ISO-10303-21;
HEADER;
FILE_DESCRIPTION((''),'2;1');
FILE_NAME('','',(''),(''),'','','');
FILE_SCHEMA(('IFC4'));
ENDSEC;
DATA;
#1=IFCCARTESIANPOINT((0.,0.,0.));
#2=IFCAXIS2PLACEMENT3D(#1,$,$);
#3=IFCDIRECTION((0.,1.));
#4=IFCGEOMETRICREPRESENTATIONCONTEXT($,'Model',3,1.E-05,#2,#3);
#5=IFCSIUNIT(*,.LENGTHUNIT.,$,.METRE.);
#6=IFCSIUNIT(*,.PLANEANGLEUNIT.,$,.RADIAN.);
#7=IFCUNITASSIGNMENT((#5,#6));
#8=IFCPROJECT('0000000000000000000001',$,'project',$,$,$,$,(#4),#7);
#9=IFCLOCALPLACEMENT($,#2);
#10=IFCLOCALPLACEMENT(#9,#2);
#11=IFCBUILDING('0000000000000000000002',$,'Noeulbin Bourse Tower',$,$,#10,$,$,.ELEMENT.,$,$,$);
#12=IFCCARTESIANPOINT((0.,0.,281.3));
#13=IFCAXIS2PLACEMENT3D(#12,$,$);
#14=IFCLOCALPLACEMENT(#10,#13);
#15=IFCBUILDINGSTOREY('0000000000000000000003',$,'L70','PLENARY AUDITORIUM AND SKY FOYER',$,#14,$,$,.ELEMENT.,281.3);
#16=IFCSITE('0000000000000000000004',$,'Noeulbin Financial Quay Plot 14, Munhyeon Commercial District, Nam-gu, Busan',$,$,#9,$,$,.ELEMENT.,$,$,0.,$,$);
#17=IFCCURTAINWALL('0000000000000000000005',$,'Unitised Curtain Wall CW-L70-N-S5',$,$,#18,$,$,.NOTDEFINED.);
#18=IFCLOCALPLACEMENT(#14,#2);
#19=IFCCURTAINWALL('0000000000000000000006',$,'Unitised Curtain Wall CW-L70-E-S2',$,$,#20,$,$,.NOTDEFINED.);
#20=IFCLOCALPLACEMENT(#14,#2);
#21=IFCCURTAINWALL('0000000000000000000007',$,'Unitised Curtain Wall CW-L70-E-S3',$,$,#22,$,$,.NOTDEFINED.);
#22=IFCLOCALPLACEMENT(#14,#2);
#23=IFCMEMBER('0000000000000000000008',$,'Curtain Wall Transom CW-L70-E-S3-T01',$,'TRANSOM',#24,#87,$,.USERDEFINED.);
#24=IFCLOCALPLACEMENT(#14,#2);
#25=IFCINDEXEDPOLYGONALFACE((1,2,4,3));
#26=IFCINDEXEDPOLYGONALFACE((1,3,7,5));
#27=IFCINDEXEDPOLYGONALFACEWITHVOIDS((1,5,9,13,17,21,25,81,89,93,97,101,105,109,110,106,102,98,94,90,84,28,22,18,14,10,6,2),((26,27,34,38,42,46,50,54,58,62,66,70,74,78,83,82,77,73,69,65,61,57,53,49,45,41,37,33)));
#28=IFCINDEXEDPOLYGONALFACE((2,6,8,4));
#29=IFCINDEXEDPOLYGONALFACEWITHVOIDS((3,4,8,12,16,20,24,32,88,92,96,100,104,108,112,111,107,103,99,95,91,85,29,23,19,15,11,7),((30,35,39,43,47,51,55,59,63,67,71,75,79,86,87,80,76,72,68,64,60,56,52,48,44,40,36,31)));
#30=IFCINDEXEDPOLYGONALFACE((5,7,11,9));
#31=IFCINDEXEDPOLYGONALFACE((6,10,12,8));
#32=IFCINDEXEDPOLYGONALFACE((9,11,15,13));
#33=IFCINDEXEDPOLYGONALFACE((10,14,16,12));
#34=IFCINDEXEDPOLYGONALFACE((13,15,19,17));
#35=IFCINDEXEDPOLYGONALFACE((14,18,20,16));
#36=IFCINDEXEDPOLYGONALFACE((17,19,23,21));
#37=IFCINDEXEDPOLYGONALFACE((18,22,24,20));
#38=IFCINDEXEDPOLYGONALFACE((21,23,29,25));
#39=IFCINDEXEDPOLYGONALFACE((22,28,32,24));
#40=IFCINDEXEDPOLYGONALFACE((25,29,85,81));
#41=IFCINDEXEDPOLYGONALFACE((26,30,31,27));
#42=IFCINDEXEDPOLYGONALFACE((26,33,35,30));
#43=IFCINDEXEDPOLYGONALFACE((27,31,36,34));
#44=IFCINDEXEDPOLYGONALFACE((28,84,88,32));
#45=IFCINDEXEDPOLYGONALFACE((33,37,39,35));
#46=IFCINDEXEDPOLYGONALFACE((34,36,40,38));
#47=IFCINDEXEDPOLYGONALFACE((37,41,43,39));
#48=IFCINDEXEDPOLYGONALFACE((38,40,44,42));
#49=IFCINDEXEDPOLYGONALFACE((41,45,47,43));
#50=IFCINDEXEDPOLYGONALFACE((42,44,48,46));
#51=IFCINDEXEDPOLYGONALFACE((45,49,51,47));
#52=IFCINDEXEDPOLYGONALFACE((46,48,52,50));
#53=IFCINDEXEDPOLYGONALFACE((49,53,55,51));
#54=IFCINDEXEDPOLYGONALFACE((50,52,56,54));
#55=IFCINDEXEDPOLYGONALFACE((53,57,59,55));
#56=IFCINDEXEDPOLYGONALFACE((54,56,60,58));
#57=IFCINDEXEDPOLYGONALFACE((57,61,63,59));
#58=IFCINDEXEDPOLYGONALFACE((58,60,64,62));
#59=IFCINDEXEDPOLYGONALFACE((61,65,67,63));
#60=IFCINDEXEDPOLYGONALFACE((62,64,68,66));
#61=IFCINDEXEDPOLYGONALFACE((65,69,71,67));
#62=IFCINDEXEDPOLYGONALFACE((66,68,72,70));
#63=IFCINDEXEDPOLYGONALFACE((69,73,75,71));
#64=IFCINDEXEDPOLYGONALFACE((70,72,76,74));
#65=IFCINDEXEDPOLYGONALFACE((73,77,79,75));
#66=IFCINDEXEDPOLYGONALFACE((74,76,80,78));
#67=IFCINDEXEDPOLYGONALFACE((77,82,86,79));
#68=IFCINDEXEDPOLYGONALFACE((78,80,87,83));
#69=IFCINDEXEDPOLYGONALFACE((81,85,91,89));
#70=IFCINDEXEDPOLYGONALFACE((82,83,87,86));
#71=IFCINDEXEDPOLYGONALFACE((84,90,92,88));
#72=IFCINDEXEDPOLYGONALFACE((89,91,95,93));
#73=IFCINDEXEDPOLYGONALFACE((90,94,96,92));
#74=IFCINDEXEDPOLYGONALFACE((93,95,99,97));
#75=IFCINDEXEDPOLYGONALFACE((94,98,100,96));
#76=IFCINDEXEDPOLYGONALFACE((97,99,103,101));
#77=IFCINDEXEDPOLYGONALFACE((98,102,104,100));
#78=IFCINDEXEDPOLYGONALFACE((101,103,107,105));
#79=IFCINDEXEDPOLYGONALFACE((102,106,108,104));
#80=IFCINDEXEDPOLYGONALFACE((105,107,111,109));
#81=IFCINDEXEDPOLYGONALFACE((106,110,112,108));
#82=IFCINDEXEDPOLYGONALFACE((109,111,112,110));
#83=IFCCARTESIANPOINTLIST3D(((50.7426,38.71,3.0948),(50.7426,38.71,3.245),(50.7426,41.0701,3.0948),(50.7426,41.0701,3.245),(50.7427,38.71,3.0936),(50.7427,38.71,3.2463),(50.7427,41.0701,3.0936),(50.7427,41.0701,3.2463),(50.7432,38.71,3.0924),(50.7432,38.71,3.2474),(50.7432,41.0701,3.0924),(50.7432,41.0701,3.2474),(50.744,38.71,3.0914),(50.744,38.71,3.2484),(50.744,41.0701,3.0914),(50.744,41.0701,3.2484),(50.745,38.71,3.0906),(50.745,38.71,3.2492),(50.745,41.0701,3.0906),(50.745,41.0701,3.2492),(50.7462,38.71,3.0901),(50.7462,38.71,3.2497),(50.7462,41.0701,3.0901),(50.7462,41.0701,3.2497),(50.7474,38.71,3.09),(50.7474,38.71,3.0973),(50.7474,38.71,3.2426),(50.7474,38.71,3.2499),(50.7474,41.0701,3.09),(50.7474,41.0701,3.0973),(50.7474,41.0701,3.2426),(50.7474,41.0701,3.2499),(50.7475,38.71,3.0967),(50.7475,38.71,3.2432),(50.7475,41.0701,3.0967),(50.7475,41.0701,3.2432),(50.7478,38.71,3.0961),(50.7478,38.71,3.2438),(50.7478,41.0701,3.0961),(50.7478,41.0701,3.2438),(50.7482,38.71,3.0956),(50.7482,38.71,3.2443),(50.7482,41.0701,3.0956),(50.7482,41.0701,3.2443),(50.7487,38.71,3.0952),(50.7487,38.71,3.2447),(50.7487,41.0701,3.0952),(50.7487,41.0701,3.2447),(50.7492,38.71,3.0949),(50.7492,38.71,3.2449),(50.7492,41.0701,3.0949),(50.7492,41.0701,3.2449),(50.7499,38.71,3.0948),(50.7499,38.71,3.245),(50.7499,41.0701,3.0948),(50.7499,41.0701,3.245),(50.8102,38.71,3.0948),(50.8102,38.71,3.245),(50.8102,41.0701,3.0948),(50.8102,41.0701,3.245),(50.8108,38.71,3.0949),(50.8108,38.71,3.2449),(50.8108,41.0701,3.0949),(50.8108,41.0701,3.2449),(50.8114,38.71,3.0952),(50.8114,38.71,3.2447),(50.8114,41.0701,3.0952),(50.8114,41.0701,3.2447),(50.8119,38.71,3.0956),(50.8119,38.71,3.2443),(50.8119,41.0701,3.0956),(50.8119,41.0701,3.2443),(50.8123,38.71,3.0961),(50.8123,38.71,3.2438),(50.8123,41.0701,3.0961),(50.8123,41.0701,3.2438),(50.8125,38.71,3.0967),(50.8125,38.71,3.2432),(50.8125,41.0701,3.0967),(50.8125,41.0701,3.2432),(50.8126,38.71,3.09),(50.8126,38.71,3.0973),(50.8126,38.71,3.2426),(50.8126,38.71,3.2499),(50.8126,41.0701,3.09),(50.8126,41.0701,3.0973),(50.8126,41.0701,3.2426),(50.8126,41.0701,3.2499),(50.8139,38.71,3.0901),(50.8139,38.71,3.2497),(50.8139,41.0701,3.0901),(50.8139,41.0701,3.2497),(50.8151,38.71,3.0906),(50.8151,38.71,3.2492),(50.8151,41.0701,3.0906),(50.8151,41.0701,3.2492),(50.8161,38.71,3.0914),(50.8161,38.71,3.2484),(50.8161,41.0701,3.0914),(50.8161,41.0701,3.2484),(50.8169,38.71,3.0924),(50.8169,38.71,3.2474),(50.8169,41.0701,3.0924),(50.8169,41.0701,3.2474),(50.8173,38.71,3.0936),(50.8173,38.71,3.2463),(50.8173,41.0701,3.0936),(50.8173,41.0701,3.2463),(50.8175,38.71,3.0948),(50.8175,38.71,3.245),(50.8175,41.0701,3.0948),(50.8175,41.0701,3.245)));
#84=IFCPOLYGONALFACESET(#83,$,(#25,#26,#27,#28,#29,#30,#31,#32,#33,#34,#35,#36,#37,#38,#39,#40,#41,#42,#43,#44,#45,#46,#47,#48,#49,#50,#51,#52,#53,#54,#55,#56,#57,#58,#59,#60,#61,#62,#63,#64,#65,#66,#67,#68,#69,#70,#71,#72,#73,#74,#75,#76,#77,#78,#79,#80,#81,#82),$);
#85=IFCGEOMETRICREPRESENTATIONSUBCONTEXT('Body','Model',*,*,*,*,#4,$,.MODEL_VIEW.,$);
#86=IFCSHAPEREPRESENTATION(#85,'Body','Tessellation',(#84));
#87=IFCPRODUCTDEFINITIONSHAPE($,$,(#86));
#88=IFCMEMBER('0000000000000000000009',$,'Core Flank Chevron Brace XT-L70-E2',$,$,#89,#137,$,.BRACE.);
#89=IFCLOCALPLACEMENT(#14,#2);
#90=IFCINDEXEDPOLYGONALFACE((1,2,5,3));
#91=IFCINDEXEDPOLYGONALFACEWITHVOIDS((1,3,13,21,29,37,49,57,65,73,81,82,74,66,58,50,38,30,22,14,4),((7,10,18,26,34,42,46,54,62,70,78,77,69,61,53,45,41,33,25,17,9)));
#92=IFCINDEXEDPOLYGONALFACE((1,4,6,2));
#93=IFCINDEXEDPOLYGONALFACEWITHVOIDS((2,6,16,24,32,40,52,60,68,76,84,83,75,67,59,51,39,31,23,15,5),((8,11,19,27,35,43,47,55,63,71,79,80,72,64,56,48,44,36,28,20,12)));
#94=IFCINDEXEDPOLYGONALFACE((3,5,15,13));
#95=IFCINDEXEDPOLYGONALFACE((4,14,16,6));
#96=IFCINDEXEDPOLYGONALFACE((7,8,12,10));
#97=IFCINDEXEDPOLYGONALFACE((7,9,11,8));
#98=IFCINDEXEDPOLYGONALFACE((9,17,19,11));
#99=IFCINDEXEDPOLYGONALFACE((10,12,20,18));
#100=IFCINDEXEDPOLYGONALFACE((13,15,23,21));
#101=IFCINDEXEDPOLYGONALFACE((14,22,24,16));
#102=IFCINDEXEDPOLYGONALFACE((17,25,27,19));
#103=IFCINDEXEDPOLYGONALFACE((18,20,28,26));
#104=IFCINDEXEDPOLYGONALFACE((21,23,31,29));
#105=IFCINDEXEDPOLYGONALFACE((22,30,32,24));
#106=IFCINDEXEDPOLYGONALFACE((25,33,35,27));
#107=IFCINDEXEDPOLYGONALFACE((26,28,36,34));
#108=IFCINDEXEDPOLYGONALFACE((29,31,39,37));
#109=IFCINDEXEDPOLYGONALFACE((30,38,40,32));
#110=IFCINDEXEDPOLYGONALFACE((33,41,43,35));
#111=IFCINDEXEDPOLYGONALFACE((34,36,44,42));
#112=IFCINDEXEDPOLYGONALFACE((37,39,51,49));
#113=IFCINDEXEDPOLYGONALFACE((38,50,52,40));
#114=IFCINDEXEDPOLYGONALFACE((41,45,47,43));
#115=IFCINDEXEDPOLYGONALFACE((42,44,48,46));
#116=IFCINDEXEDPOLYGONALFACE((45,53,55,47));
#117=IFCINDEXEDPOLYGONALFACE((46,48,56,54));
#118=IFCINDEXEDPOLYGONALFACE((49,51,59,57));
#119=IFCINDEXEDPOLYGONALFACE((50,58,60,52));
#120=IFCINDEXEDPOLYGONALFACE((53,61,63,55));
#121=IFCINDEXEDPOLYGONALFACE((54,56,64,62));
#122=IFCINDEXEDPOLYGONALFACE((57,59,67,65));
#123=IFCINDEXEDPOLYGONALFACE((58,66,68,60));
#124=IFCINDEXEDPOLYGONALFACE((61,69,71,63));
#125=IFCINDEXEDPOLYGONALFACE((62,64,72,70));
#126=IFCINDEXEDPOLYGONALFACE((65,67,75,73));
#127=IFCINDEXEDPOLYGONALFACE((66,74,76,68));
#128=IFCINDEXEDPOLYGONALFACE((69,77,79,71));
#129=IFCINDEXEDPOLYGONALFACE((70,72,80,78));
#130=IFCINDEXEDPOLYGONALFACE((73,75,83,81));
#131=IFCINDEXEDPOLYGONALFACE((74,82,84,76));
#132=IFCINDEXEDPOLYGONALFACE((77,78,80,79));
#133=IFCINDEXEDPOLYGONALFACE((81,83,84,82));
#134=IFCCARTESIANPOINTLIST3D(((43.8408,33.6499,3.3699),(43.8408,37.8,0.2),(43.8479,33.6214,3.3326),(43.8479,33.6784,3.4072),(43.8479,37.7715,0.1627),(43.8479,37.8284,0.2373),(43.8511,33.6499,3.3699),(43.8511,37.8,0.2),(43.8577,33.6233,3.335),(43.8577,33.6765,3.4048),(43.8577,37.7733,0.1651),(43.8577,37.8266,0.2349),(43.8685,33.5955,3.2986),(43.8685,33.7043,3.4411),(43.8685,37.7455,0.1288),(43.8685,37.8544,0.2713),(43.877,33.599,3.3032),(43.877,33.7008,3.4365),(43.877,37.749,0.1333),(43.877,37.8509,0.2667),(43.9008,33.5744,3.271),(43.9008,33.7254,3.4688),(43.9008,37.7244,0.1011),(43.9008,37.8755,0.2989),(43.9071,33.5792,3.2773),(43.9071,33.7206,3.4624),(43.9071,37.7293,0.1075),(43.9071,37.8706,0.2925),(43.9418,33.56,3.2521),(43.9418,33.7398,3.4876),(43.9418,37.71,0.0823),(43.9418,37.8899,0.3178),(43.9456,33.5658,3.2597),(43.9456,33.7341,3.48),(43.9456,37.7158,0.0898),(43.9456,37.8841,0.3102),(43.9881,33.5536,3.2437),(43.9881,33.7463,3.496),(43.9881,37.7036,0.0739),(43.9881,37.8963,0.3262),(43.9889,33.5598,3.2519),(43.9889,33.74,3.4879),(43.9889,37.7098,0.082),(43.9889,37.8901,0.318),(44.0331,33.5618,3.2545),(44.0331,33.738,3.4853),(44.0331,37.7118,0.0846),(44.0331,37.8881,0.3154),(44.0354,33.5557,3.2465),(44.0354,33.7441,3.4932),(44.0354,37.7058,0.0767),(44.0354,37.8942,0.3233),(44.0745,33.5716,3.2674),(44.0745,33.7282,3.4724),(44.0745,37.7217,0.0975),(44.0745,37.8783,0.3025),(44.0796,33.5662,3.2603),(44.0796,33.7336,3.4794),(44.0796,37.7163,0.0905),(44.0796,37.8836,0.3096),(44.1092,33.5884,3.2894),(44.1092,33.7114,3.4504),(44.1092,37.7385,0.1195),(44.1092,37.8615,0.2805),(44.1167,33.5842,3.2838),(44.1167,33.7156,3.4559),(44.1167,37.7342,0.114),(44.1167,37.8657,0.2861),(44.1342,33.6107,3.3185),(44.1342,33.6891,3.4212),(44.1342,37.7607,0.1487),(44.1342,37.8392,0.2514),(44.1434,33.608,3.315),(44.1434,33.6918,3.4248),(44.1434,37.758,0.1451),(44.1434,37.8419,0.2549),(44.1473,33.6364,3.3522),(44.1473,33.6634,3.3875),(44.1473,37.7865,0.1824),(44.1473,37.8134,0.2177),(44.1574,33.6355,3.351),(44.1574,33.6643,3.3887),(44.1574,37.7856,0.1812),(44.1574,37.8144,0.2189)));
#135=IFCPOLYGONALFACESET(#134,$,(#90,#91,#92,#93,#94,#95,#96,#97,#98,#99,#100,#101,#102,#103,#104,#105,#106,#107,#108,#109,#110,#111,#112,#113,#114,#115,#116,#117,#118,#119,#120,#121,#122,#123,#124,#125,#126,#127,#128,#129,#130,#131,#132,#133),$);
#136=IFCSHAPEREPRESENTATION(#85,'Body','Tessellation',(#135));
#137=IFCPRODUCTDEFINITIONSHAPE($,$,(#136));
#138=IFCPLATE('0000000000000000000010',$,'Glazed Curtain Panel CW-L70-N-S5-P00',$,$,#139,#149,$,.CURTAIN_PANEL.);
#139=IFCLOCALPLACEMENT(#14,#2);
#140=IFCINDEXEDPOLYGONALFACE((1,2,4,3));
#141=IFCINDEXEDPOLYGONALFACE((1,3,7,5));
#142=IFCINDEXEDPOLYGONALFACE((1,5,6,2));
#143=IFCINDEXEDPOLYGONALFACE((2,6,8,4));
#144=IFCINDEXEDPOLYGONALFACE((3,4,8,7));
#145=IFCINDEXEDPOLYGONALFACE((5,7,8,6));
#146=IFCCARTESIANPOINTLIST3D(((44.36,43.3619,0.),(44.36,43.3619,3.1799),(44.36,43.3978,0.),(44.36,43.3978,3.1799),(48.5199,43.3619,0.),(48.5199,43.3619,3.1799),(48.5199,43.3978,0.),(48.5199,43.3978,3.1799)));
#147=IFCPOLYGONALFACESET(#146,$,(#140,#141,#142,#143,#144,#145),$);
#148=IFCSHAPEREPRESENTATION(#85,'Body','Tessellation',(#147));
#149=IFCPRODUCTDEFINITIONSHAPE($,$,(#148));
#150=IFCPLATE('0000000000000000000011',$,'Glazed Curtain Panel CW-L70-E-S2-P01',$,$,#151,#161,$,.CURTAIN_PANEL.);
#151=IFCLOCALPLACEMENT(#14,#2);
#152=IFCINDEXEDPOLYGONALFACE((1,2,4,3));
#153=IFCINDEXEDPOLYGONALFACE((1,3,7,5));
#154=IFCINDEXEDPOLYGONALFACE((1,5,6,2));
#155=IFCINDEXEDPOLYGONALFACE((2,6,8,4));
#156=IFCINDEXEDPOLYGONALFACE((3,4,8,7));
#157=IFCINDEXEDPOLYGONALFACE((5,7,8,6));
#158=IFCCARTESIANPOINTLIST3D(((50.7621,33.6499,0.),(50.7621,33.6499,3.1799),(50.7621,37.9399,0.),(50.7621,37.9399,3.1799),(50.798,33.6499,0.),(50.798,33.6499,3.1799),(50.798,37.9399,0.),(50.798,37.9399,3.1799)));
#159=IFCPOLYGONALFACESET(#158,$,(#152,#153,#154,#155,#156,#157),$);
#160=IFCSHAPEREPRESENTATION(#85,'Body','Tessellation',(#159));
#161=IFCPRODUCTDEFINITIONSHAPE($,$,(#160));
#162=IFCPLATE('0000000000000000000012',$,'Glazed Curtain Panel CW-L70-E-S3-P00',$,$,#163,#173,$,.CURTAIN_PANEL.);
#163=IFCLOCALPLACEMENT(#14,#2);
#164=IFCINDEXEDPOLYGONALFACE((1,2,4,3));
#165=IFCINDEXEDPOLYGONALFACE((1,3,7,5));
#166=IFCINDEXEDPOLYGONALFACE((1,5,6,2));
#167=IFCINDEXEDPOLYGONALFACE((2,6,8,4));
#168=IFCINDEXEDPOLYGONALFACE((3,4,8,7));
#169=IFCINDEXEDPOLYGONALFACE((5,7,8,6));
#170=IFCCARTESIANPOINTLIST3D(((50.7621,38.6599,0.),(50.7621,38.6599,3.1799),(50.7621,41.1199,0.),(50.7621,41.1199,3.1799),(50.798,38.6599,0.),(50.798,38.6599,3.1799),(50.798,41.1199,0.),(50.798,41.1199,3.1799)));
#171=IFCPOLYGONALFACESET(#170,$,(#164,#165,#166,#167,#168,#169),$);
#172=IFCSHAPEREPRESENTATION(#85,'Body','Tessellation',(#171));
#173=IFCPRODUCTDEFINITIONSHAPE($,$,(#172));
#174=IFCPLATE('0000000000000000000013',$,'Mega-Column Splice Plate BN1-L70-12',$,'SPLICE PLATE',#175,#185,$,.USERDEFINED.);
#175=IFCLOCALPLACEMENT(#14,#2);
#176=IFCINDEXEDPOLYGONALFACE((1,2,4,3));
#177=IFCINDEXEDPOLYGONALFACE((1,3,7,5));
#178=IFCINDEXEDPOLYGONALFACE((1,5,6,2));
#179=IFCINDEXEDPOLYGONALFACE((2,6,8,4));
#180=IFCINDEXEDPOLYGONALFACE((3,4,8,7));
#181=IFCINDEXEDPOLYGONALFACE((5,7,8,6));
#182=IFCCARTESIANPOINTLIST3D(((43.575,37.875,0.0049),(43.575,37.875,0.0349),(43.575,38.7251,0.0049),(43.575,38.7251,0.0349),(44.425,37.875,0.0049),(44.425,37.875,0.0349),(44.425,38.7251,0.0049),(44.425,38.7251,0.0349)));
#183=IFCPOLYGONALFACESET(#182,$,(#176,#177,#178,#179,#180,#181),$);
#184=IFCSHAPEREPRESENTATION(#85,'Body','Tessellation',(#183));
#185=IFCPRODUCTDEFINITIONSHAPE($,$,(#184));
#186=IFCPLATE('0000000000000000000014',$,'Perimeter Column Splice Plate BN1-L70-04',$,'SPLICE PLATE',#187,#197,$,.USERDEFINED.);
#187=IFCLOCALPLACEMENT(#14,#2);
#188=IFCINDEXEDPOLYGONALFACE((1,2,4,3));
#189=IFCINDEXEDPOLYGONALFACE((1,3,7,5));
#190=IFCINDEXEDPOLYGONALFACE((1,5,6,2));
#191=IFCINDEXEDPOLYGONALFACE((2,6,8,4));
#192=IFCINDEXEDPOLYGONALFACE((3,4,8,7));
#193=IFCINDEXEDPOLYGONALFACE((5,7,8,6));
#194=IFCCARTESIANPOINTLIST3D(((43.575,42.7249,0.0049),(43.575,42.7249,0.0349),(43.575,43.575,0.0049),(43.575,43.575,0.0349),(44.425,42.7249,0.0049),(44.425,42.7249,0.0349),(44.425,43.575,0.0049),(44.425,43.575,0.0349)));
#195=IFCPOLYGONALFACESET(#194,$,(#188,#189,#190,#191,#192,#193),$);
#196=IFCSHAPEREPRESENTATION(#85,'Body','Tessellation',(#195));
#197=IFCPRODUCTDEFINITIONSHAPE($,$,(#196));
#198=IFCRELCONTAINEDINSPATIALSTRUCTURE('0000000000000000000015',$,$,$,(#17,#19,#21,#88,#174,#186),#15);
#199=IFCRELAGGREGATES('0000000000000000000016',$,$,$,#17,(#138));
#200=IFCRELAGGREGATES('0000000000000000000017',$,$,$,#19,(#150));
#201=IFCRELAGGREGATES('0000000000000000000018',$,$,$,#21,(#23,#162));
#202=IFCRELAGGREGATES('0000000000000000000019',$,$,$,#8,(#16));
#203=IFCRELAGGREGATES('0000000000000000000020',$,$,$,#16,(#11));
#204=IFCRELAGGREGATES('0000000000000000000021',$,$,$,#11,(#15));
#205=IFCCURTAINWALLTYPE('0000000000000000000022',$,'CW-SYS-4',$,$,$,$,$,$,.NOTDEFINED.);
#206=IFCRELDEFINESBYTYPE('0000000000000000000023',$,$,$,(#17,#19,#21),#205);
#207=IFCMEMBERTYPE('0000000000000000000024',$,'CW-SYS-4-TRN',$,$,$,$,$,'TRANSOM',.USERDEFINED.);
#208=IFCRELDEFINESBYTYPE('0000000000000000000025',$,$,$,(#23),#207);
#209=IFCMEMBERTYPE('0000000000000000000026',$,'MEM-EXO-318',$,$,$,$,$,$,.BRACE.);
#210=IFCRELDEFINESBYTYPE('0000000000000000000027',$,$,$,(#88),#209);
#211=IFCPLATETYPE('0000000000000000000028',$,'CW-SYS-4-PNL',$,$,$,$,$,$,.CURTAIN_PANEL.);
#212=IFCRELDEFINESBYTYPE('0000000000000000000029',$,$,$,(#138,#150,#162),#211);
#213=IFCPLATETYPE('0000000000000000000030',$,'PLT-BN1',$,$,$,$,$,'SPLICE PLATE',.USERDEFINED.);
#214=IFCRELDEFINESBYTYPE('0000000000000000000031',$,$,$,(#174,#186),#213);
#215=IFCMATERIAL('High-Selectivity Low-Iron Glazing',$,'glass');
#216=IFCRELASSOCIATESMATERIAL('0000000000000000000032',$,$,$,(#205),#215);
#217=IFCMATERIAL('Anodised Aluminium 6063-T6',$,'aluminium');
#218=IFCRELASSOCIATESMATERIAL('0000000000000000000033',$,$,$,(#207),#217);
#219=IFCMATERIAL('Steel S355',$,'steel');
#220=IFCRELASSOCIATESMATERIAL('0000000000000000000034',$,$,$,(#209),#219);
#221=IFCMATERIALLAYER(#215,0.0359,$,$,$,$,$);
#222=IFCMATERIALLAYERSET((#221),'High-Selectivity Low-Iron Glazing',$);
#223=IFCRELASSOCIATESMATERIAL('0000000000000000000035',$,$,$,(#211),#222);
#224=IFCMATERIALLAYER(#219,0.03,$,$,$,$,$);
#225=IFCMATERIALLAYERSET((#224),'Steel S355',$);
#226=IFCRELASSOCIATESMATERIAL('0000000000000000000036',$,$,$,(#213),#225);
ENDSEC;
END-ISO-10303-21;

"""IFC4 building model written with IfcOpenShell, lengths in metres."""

from ifc_helpers import new_model, si_unit, direction, frame, origin, origin_2d, place, context, subcontext, project, spatial, rectangle, hollow_rectangle, hollow_circle, extrude, material, layer, layer_set, material_profile, profile_set, type_object, element, aggregate, save


model = new_model("IFC4")

# Units and contexts
model_context = context("Model", 3, precision=1e-05, world=origin(), true_north=direction((0.0, 1.0)))
body_context = subcontext(model_context, "Body", "Model", "MODEL_VIEW")
ifc_project = project(units=[si_unit("LENGTHUNIT", "METRE"), si_unit("PLANEANGLEUNIT", "RADIAN")], contexts=[model_context])

# Site, building, storey
site_placement = place(None, origin())
site = spatial("IfcSite", under=ifc_project, at=site_placement, Name="Noeulbin Financial Quay Plot 14, Munhyeon Commercial District, Nam-gu, Busan", CompositionType="ELEMENT", RefElevation=0.0)
building_placement = place(site_placement, origin())
building = spatial("IfcBuilding", under=site, at=building_placement, Name="Noeulbin Bourse Tower", CompositionType="ELEMENT")
storey_placement = place(building_placement, frame((0.0, 0.0, 281.3)))
storey = spatial("IfcBuildingStorey", under=building, at=storey_placement, Name="L70", Description="PLENARY AUDITORIUM AND SKY FOYER", CompositionType="ELEMENT", Elevation=281.3)

# Shared definitions
ifc_material_1 = material(Name="Steel S355", Category="steel")

# Shared definitions
ifc_material_2 = material(Name="High-Selectivity Low-Iron Glazing", Category="glass")
curtain_wall_type = type_object("IfcCurtainWallType", Name="CW-SYS-4", PredefinedType="NOTDEFINED", material=ifc_material_2)
ifc_material_3 = material(Name="Anodised Aluminium 6063-T6", Category="aluminium")

# Curtain walls
curtain_wall_1_placement = place(storey_placement, origin())
curtain_wall_1 = element("IfcCurtainWall", 1, at=curtain_wall_1_placement, inside=storey, type_object=curtain_wall_type, Name="Unitised Curtain Wall CW-L70-N-S5", PredefinedType="NOTDEFINED")
curtain_wall_2_placement = place(storey_placement, origin())
curtain_wall_2 = element("IfcCurtainWall", 2, at=curtain_wall_2_placement, inside=storey, type_object=curtain_wall_type, Name="Unitised Curtain Wall CW-L70-E-S2", PredefinedType="NOTDEFINED")
curtain_wall_3_placement = place(storey_placement, origin())
curtain_wall_3 = element("IfcCurtainWall", 3, at=curtain_wall_3_placement, inside=storey, type_object=curtain_wall_type, Name="Unitised Curtain Wall CW-L70-E-S3", PredefinedType="NOTDEFINED")

# Members
ifc_material_profile_1 = material_profile(ifc_material_3, hollow_rectangle(XDim=0.075, YDim=0.1599, WallThickness=0.0049, InnerFilletRadius=0.0024, OuterFilletRadius=0.0049, at=origin_2d()), Name="ALU-TRAN-75x160x5", Category="LoadBearing")
ifc_profile_set_1 = profile_set([ifc_material_profile_1], Name="Anodised Aluminium 6063-T6")
member_type_1 = type_object("IfcMemberType", Name="CW-SYS-4-TRN", ElementType="TRANSOM", PredefinedType="USERDEFINED", material=ifc_profile_set_1)
member_1_placement = place(storey_placement, frame((50.78, 38.71, 3.1699), z_axis=(0.0, 1.0, 0.0), x_axis=(-1.0, 0.0, 0.0)))
member_1 = element("IfcMember", 4, at=member_1_placement, type_object=member_type_1, Name="Curtain Wall Transom CW-L70-E-S3-T01", ObjectType="TRANSOM", PredefinedType="USERDEFINED", context=body_context, shape_type="SweptSolid", body=[
    extrude(hollow_rectangle(XDim=0.075, YDim=0.1599, WallThickness=0.0049, InnerFilletRadius=0.0024, OuterFilletRadius=0.0049, at=origin_2d()), origin(), (0.0, 0.0, 1.0), 2.3601),
])
ifc_material_profile_2 = material_profile(ifc_material_1, hollow_circle(Radius=0.1592, WallThickness=0.0103, at=origin_2d()), Name="CHS-318.5x10.3", Category="LoadBearing")
ifc_profile_set_2 = profile_set([ifc_material_profile_2], Name="Steel S355")
member_type_2 = type_object("IfcMemberType", Name="MEM-EXO-318", PredefinedType="BRACE", material=ifc_profile_set_2)
member_2_placement = place(storey_placement, frame((44.0, 33.6499, 3.3699), z_axis=(0.0, 0.794701, -0.607001), x_axis=(-1.0, 0.0, 0.0)))
element("IfcMember", 5, at=member_2_placement, inside=storey, type_object=member_type_2, Name="Core Flank Chevron Brace XT-L70-E2", PredefinedType="BRACE", context=body_context, shape_type="SweptSolid", body=[
    extrude(hollow_circle(Radius=0.1592, WallThickness=0.0103, at=origin_2d()), origin(), (0.0, 0.0, 1.0), 5.2222),
])

# Plates
ifc_layer_1 = layer(ifc_material_2, 0.0359)
ifc_layer_set_1 = layer_set([ifc_layer_1], Name="High-Selectivity Low-Iron Glazing")
plate_type_1 = type_object("IfcPlateType", Name="CW-SYS-4-PNL", PredefinedType="CURTAIN_PANEL", material=ifc_layer_set_1)
plate_1_placement = place(storey_placement, frame((46.4399, 43.3799, 0.0), z_axis=(0.0, 0.0, 1.0), x_axis=(1.0, 0.0, 0.0)))
plate_1 = element("IfcPlate", 6, at=plate_1_placement, type_object=plate_type_1, Name="Glazed Curtain Panel CW-L70-N-S5-P00", PredefinedType="CURTAIN_PANEL", context=body_context, shape_type="SweptSolid", body=[
    extrude(rectangle(XDim=4.1599, YDim=0.0359, at=origin_2d()), origin(), (0.0, 0.0, 1.0), 3.1799),
])
aggregate(curtain_wall_1, [plate_1])
plate_2_placement = place(storey_placement, frame((50.78, 35.7949, 0.0), z_axis=(0.0, 0.0, 1.0), x_axis=(0.0, 1.0, 0.0)))
plate_2 = element("IfcPlate", 7, at=plate_2_placement, type_object=plate_type_1, Name="Glazed Curtain Panel CW-L70-E-S2-P01", PredefinedType="CURTAIN_PANEL", context=body_context, shape_type="SweptSolid", body=[
    extrude(rectangle(XDim=4.29, YDim=0.0359, at=origin_2d()), origin(), (0.0, 0.0, 1.0), 3.1799),
])
aggregate(curtain_wall_2, [plate_2])
plate_3_placement = place(storey_placement, frame((50.78, 39.8899, 0.0), z_axis=(0.0, 0.0, 1.0), x_axis=(0.0, 1.0, 0.0)))
plate_3 = element("IfcPlate", 8, at=plate_3_placement, type_object=plate_type_1, Name="Glazed Curtain Panel CW-L70-E-S3-P00", PredefinedType="CURTAIN_PANEL", context=body_context, shape_type="SweptSolid", body=[
    extrude(rectangle(XDim=2.46, YDim=0.0359, at=origin_2d()), origin(), (0.0, 0.0, 1.0), 3.1799),
])
aggregate(curtain_wall_3, [member_1, plate_3])

# Plates
ifc_layer_2 = layer(ifc_material_1, 0.03)
ifc_layer_set_2 = layer_set([ifc_layer_2], Name="Steel S355")
plate_type_2 = type_object("IfcPlateType", Name="PLT-BN1", ElementType="SPLICE PLATE", PredefinedType="USERDEFINED", material=ifc_layer_set_2)
for number, where, z_axis, x_axis, name in (
    (9, (44.0, 38.3, 0.0049), (0.0, 0.0, 1.0), (1.0, 0.0, 0.0), "Mega-Column Splice Plate BN1-L70-12"),
    (10, (44.0, 43.1499, 0.0049), (0.0, 0.0, 1.0), (1.0, 0.0, 0.0), "Perimeter Column Splice Plate BN1-L70-04"),
):
    element("IfcPlate", number, at=place(storey_placement, frame(where, z_axis=z_axis, x_axis=x_axis)), inside=storey, type_object=plate_type_2, Name=name, ObjectType="SPLICE PLATE", PredefinedType="USERDEFINED", context=body_context, shape_type="SweptSolid", body=[
        extrude(rectangle(XDim=0.8501, YDim=0.8501, at=origin_2d()), origin(), (0.0, 0.0, 1.0), 0.03),
    ])

save(model, "model.ifc")
